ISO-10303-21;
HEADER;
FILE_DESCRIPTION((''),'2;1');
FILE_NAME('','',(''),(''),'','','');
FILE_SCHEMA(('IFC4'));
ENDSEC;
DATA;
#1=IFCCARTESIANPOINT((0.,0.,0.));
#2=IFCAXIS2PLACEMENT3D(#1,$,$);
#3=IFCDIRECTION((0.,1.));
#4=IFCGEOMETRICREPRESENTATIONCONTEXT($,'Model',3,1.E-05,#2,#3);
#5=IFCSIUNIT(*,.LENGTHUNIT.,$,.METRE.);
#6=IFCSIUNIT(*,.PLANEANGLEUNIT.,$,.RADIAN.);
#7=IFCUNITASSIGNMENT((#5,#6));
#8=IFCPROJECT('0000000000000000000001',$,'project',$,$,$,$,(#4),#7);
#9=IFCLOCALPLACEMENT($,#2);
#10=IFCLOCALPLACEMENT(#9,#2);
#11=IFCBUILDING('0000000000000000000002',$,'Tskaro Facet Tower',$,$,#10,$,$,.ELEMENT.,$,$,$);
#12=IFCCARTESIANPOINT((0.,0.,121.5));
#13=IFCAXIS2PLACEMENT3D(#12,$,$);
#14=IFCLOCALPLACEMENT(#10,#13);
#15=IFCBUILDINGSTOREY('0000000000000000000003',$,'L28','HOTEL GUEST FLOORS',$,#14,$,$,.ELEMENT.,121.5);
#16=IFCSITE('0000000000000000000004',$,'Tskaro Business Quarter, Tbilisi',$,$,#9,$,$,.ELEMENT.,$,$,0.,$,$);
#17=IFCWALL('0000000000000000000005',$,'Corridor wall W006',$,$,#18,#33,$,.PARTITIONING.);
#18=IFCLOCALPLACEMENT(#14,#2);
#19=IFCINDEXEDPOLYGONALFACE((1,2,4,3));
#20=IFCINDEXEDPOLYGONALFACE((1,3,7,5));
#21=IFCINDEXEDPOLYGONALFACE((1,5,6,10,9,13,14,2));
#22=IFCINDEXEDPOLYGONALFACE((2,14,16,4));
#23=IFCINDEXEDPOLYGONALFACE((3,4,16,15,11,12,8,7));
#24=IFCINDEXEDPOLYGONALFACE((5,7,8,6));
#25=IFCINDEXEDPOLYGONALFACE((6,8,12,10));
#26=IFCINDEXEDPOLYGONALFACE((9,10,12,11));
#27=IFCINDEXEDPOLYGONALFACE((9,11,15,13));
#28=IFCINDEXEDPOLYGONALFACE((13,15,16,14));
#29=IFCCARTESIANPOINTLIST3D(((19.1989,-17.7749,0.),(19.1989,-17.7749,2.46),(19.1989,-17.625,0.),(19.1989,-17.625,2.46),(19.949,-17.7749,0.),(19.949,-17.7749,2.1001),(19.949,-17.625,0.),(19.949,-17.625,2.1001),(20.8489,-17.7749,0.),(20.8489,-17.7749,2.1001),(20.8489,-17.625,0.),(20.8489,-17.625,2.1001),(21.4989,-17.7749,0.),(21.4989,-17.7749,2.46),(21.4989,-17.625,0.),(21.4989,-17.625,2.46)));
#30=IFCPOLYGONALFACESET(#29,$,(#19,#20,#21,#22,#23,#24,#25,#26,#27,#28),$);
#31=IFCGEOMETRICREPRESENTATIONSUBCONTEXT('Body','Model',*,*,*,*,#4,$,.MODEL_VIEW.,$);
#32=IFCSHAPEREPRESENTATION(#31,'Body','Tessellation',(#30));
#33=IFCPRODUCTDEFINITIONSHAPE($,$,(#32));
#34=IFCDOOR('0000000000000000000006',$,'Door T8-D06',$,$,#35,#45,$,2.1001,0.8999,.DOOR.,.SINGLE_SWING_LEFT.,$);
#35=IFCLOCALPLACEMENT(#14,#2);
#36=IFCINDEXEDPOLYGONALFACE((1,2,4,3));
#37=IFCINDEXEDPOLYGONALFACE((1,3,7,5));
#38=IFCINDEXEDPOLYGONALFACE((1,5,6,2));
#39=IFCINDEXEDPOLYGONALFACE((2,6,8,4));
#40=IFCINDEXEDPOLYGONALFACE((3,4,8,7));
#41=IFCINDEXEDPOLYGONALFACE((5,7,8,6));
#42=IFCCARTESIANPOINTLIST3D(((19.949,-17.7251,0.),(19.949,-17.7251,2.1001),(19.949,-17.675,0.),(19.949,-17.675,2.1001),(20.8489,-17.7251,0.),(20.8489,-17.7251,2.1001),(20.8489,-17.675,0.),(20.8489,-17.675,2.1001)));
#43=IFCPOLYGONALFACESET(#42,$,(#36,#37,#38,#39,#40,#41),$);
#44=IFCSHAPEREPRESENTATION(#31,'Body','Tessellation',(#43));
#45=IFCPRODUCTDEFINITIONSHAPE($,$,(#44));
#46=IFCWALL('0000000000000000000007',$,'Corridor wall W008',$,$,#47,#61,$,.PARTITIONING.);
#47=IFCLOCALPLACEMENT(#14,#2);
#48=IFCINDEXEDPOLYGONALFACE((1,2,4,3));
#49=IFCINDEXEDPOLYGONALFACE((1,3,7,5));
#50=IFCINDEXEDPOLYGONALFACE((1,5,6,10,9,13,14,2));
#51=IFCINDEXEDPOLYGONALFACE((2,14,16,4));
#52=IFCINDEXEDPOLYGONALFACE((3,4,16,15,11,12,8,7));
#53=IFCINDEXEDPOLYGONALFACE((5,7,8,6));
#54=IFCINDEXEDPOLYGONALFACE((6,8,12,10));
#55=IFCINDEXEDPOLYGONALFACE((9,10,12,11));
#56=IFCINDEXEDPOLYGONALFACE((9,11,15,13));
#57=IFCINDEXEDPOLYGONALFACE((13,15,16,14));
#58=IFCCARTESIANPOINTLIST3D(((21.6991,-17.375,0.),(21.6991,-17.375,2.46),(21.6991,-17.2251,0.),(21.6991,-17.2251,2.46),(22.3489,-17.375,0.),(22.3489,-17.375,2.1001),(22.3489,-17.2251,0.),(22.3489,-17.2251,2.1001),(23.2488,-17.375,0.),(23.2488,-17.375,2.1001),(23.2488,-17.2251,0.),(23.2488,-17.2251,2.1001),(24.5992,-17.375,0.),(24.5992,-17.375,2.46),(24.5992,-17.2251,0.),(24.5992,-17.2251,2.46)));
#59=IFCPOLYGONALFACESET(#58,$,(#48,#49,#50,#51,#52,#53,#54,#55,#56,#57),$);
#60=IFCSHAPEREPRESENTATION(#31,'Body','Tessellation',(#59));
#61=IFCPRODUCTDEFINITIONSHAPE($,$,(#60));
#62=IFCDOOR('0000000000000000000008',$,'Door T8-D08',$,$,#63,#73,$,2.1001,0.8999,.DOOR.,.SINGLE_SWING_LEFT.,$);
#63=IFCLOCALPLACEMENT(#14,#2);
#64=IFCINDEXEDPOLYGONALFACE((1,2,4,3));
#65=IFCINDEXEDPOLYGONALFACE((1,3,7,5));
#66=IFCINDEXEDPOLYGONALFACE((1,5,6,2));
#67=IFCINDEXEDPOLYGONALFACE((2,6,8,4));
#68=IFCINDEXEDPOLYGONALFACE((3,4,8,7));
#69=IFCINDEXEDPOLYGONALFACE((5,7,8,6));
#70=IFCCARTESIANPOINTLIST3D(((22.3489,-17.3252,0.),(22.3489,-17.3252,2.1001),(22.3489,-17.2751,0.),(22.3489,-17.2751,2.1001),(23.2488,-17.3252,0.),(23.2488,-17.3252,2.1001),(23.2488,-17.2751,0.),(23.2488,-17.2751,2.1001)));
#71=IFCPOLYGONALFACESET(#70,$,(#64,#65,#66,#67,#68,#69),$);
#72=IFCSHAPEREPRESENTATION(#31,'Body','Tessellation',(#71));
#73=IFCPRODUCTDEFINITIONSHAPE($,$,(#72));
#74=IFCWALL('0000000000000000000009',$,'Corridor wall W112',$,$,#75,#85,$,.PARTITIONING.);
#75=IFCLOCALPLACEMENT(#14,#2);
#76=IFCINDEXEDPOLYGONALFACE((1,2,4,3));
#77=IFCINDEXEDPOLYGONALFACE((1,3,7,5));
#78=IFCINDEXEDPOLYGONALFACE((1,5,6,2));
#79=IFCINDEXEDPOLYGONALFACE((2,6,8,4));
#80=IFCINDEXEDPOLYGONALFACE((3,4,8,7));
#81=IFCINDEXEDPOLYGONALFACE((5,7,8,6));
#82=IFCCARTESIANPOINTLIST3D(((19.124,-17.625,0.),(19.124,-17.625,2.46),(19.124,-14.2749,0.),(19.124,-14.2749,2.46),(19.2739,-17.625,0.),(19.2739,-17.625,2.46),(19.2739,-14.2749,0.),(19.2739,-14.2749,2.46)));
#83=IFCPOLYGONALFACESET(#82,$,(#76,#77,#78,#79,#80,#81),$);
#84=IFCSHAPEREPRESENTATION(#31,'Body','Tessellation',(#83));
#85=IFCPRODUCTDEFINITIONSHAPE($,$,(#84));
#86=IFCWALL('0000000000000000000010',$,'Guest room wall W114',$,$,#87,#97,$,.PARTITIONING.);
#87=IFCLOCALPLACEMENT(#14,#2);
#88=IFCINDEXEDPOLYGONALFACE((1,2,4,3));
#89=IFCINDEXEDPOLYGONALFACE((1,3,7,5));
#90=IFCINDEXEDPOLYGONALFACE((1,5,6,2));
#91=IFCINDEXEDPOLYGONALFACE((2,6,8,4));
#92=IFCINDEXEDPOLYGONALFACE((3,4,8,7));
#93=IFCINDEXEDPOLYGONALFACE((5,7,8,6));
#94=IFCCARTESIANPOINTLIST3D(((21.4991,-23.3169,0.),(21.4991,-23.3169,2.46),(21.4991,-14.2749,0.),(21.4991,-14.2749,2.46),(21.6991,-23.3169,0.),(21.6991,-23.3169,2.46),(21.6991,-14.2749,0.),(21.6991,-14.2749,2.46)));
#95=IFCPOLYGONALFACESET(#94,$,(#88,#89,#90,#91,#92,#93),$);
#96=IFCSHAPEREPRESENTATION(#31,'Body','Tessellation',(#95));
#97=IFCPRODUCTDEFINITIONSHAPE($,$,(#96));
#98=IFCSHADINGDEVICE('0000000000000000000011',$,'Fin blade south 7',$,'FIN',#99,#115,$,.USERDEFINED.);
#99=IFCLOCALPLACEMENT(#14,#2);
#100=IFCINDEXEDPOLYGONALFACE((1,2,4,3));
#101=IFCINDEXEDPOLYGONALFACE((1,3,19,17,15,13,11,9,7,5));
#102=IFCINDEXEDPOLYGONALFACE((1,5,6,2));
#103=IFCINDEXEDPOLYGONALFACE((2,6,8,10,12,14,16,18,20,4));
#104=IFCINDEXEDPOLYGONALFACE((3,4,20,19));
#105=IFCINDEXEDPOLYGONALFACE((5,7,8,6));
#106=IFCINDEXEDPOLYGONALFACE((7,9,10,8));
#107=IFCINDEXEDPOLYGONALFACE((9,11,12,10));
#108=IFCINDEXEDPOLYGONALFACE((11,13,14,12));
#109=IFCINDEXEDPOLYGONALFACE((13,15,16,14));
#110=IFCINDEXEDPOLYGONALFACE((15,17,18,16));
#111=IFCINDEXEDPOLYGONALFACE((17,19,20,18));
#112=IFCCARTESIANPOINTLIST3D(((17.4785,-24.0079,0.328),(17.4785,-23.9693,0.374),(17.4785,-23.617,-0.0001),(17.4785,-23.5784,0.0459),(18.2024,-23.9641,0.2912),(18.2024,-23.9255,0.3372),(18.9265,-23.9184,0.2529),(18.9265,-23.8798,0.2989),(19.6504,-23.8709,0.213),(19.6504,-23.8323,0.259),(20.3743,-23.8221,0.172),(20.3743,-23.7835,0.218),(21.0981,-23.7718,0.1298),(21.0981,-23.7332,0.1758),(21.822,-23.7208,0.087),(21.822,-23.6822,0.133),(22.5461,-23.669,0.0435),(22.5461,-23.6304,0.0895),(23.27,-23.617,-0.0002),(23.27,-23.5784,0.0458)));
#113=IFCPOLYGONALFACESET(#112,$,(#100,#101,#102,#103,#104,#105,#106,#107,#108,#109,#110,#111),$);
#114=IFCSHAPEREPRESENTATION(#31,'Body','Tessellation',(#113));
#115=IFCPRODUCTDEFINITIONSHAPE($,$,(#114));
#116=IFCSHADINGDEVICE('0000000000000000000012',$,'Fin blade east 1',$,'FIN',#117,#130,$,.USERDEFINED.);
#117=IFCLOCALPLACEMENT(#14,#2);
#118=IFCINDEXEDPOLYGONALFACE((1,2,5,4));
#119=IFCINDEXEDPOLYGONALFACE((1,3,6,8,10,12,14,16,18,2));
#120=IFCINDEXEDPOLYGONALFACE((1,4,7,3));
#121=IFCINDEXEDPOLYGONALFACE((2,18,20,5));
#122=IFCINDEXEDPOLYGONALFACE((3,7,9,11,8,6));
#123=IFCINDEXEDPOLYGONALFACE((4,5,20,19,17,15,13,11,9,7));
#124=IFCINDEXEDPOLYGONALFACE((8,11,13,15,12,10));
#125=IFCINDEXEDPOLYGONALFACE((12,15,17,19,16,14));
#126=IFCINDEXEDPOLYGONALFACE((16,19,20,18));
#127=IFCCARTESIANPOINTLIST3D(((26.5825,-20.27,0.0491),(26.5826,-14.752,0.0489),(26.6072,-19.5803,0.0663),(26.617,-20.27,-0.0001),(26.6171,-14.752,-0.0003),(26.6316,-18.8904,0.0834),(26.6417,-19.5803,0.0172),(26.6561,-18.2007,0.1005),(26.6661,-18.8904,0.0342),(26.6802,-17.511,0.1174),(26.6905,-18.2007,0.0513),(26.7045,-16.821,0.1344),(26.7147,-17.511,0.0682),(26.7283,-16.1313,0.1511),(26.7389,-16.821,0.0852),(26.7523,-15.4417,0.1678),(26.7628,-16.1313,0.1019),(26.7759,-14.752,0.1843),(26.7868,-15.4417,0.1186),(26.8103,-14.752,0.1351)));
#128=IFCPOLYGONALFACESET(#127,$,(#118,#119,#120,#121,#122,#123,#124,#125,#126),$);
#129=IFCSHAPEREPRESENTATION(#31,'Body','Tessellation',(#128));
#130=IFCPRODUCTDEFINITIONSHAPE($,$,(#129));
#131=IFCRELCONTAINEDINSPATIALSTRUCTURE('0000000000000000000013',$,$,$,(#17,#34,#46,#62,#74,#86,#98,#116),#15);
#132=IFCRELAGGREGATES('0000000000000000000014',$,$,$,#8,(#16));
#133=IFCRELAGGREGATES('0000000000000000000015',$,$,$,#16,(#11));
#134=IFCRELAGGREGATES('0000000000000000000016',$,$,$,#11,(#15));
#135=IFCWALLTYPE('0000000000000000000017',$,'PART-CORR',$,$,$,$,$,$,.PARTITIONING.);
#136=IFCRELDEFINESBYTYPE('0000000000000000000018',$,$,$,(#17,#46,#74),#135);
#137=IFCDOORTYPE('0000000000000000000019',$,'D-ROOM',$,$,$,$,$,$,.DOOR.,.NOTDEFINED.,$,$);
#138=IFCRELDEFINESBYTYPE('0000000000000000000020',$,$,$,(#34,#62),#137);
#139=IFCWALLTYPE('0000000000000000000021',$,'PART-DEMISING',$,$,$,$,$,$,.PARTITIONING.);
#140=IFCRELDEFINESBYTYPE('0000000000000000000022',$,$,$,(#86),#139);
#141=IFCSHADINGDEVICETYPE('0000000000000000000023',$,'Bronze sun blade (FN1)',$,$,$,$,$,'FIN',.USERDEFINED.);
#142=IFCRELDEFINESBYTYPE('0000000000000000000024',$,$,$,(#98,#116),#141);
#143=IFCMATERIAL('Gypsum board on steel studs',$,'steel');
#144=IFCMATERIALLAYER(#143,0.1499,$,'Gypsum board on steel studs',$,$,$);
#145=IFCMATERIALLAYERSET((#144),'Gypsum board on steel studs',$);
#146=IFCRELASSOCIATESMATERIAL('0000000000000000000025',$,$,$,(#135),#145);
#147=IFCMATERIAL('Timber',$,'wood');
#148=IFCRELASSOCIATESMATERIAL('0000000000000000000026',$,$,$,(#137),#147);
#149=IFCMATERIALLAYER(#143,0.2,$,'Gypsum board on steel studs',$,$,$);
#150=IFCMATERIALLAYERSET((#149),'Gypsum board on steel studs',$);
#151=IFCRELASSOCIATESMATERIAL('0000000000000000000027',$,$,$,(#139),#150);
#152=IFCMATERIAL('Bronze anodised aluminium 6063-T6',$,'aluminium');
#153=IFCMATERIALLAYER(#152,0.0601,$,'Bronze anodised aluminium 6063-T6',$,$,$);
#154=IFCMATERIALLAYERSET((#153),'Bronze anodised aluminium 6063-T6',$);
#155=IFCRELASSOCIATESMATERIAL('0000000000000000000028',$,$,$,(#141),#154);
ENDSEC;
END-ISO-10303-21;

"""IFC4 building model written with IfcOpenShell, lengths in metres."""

from ifc_helpers import new_model, si_unit, direction, frame, frame_2d, origin, place, context, subcontext, project, spatial, polyline, rectangle, outline, extrude, material, layer, layer_set, type_object, element, fill, save


model = new_model("IFC4")

# Units and contexts
model_context = context("Model", 3, precision=1e-05, world=origin(), true_north=direction((0.0, 1.0)))
body_context = subcontext(model_context, "Body", "Model", "MODEL_VIEW")
ifc_project = project(units=[si_unit("LENGTHUNIT", "METRE"), si_unit("PLANEANGLEUNIT", "RADIAN")], contexts=[model_context])

# Site, building, storey
site_placement = place(None, origin())
site = spatial("IfcSite", under=ifc_project, at=site_placement, Name="Tskaro Business Quarter, Tbilisi", CompositionType="ELEMENT", RefElevation=0.0)
building_placement = place(site_placement, origin())
building = spatial("IfcBuilding", under=site, at=building_placement, Name="Tskaro Facet Tower", CompositionType="ELEMENT")
storey_placement = place(building_placement, frame((0.0, 0.0, 121.5)))
storey = spatial("IfcBuildingStorey", under=building, at=storey_placement, Name="L28", Description="HOTEL GUEST FLOORS", CompositionType="ELEMENT", Elevation=121.5)

# Shared definitions
ifc_material_1 = material(Name="Bronze anodised aluminium 6063-T6", Category="aluminium")

# Walls, openings, doors
ifc_material_2 = material(Name="Gypsum board on steel studs", Category="steel")
ifc_layer_1 = layer(ifc_material_2, 0.1499, Name="Gypsum board on steel studs")
ifc_layer_set_1 = layer_set([ifc_layer_1], Name="Gypsum board on steel studs")
wall_type_1 = type_object("IfcWallType", Name="PART-CORR", PredefinedType="PARTITIONING", material=ifc_layer_set_1)
wall_1_placement = place(storey_placement, frame((19.199, -17.7, 0.0), z_axis=(0.0, 0.0, 1.0), x_axis=(1.0, 0.0, 0.0)))
wall_1 = element("IfcWall", 1, at=wall_1_placement, inside=storey, type_object=wall_type_1, Name="Corridor wall W006", PredefinedType="PARTITIONING", context=body_context, shape_type="SweptSolid", body=[
    extrude(rectangle(XDim=2.3, YDim=0.1499, at=frame_2d((1.1499, 0.0))), origin(), (0.0, 0.0, 1.0), 2.46),
])
opening_1_placement = place(wall_1_placement, frame((0.75, 0.0, 0.0)))
opening_1 = element("IfcOpeningElement", 2, at=opening_1_placement, cuts=wall_1, PredefinedType="OPENING", context=body_context, shape_type="SweptSolid", body=[
    extrude(rectangle(XDim=0.8999, YDim=2.1001, at=frame_2d((0.45, 1.05))), frame((0.0, 0.085, 0.0), z_axis=(0.0, -1.0, 0.0), x_axis=(1.0, 0.0, 0.0)), (0.0, 0.0, 1.0), 0.1699),
])
ifc_material_3 = material(Name="Timber", Category="wood")
door_type = type_object("IfcDoorType", Name="D-ROOM", OperationType="NOTDEFINED", PredefinedType="DOOR", material=ifc_material_3)
door_1_placement = place(opening_1_placement, origin())
door_1 = element("IfcDoor", 3, at=door_1_placement, inside=storey, type_object=door_type, Name="Door T8-D06", OperationType="SINGLE_SWING_LEFT", OverallHeight=2.1001, OverallWidth=0.8999, PredefinedType="DOOR", context=body_context, shape_type="SweptSolid", body=[
    extrude(rectangle(XDim=0.8999, YDim=2.1001, at=frame_2d((0.45, 1.05))), frame((0.0, 0.0249, 0.0), z_axis=(0.0, -1.0, 0.0), x_axis=(1.0, 0.0, 0.0)), (0.0, 0.0, 1.0), 0.05),
])
fill(opening_1, door_1)
wall_2_placement = place(storey_placement, frame((21.699, -17.3, 0.0), z_axis=(0.0, 0.0, 1.0), x_axis=(1.0, 0.0, 0.0)))
wall_2 = element("IfcWall", 4, at=wall_2_placement, inside=storey, type_object=wall_type_1, Name="Corridor wall W008", PredefinedType="PARTITIONING", context=body_context, shape_type="SweptSolid", body=[
    extrude(rectangle(XDim=2.9001, YDim=0.1499, at=frame_2d((1.4502, 0.0))), origin(), (0.0, 0.0, 1.0), 2.46),
])
opening_2_placement = place(wall_2_placement, frame((0.6499, 0.0, 0.0)))
opening_2 = element("IfcOpeningElement", 5, at=opening_2_placement, cuts=wall_2, PredefinedType="OPENING", context=body_context, shape_type="SweptSolid", body=[
    extrude(rectangle(XDim=0.8999, YDim=2.1001, at=frame_2d((0.45, 1.05))), frame((0.0, 0.085, 0.0), z_axis=(0.0, -1.0, 0.0), x_axis=(1.0, 0.0, 0.0)), (0.0, 0.0, 1.0), 0.1699),
])
door_2_placement = place(opening_2_placement, origin())
door_2 = element("IfcDoor", 6, at=door_2_placement, inside=storey, type_object=door_type, Name="Door T8-D08", OperationType="SINGLE_SWING_LEFT", OverallHeight=2.1001, OverallWidth=0.8999, PredefinedType="DOOR", context=body_context, shape_type="SweptSolid", body=[
    extrude(rectangle(XDim=0.8999, YDim=2.1001, at=frame_2d((0.45, 1.05))), frame((0.0, 0.0249, 0.0), z_axis=(0.0, -1.0, 0.0), x_axis=(1.0, 0.0, 0.0)), (0.0, 0.0, 1.0), 0.05),
])
fill(opening_2, door_2)

# Walls
wall_3_placement = place(storey_placement, frame((19.199, -17.625, 0.0), z_axis=(0.0, 0.0, 1.0), x_axis=(0.0, 1.0, 0.0)))
element("IfcWall", 7, at=wall_3_placement, inside=storey, type_object=wall_type_1, Name="Corridor wall W112", PredefinedType="PARTITIONING", context=body_context, shape_type="SweptSolid", body=[
    extrude(rectangle(XDim=3.3501, YDim=0.1499, at=frame_2d((1.675, 0.0))), origin(), (0.0, 0.0, 1.0), 2.46),
])
ifc_layer_2 = layer(ifc_material_2, 0.2, Name="Gypsum board on steel studs")
ifc_layer_set_2 = layer_set([ifc_layer_2], Name="Gypsum board on steel studs")
wall_type_2 = type_object("IfcWallType", Name="PART-DEMISING", PredefinedType="PARTITIONING", material=ifc_layer_set_2)
wall_4_placement = place(storey_placement, frame((21.5991, -23.3169, 0.0), z_axis=(0.0, 0.0, 1.0), x_axis=(0.0, 1.0, 0.0)))
element("IfcWall", 8, at=wall_4_placement, inside=storey, type_object=wall_type_2, Name="Guest room wall W114", PredefinedType="PARTITIONING", context=body_context, shape_type="SweptSolid", body=[
    extrude(rectangle(XDim=9.042, YDim=0.2, at=frame_2d((4.521, 0.0))), origin(), (0.0, 0.0, 1.0), 2.46),
])

# Shading devices
ifc_layer_3 = layer(ifc_material_1, 0.0601, Name="Bronze anodised aluminium 6063-T6")
ifc_layer_set_3 = layer_set([ifc_layer_3], Name="Bronze anodised aluminium 6063-T6")
shading_device_type = type_object("IfcShadingDeviceType", Name="Bronze sun blade (FN1)", ElementType="FIN", PredefinedType="USERDEFINED", material=ifc_layer_set_3)
shading_device_1_placement = place(storey_placement, frame((17.4785, -23.5784, 0.0459), z_axis=(0.000011, 0.642854, 0.765989), x_axis=(1.0, -0.000007, -0.000008)))
element("IfcShadingDevice", 9, at=shading_device_1_placement, inside=storey, type_object=shading_device_type, Name="Fin blade south 7", ObjectType="FIN", PredefinedType="USERDEFINED", context=body_context, shape_type="SweptSolid", body=[
    extrude(outline(polyline([(0.0, 0.0), (5.7915, 0.0), (5.0676, -0.0679), (4.3435, -0.1355), (3.6196, -0.2021), (2.8958, -0.2677), (2.1719, -0.3315), (1.448, -0.3936), (0.7239, -0.4532), (0.0, -0.5103), (0.0, 0.0)])), origin(), (0.0, 0.0, -1.0), 0.0601),
])
shading_device_2_placement = place(storey_placement, frame((26.5825, -20.27, 0.0491), z_axis=(-0.573807, 0.000032, 0.818991), x_axis=(0.000019, 1.0, -0.000027)))
element("IfcShadingDevice", 10, at=shading_device_2_placement, inside=storey, type_object=shading_device_type, Name="Fin blade east 1", ObjectType="FIN", PredefinedType="USERDEFINED", context=body_context, shape_type="SweptSolid", body=[
    extrude(outline(polyline([(0.0, 0.0), (5.5181, 0.0), (5.5181, -0.236), (4.8284, -0.2072), (4.1387, -0.1779), (3.449, -0.1488), (2.759, -0.1192), (2.0693, -0.0897), (1.3796, -0.0599), (0.6897, -0.0301), (0.0, 0.0)])), origin(), (0.0, 0.0, -1.0), 0.0601),
])

save(model, "model.ifc")
